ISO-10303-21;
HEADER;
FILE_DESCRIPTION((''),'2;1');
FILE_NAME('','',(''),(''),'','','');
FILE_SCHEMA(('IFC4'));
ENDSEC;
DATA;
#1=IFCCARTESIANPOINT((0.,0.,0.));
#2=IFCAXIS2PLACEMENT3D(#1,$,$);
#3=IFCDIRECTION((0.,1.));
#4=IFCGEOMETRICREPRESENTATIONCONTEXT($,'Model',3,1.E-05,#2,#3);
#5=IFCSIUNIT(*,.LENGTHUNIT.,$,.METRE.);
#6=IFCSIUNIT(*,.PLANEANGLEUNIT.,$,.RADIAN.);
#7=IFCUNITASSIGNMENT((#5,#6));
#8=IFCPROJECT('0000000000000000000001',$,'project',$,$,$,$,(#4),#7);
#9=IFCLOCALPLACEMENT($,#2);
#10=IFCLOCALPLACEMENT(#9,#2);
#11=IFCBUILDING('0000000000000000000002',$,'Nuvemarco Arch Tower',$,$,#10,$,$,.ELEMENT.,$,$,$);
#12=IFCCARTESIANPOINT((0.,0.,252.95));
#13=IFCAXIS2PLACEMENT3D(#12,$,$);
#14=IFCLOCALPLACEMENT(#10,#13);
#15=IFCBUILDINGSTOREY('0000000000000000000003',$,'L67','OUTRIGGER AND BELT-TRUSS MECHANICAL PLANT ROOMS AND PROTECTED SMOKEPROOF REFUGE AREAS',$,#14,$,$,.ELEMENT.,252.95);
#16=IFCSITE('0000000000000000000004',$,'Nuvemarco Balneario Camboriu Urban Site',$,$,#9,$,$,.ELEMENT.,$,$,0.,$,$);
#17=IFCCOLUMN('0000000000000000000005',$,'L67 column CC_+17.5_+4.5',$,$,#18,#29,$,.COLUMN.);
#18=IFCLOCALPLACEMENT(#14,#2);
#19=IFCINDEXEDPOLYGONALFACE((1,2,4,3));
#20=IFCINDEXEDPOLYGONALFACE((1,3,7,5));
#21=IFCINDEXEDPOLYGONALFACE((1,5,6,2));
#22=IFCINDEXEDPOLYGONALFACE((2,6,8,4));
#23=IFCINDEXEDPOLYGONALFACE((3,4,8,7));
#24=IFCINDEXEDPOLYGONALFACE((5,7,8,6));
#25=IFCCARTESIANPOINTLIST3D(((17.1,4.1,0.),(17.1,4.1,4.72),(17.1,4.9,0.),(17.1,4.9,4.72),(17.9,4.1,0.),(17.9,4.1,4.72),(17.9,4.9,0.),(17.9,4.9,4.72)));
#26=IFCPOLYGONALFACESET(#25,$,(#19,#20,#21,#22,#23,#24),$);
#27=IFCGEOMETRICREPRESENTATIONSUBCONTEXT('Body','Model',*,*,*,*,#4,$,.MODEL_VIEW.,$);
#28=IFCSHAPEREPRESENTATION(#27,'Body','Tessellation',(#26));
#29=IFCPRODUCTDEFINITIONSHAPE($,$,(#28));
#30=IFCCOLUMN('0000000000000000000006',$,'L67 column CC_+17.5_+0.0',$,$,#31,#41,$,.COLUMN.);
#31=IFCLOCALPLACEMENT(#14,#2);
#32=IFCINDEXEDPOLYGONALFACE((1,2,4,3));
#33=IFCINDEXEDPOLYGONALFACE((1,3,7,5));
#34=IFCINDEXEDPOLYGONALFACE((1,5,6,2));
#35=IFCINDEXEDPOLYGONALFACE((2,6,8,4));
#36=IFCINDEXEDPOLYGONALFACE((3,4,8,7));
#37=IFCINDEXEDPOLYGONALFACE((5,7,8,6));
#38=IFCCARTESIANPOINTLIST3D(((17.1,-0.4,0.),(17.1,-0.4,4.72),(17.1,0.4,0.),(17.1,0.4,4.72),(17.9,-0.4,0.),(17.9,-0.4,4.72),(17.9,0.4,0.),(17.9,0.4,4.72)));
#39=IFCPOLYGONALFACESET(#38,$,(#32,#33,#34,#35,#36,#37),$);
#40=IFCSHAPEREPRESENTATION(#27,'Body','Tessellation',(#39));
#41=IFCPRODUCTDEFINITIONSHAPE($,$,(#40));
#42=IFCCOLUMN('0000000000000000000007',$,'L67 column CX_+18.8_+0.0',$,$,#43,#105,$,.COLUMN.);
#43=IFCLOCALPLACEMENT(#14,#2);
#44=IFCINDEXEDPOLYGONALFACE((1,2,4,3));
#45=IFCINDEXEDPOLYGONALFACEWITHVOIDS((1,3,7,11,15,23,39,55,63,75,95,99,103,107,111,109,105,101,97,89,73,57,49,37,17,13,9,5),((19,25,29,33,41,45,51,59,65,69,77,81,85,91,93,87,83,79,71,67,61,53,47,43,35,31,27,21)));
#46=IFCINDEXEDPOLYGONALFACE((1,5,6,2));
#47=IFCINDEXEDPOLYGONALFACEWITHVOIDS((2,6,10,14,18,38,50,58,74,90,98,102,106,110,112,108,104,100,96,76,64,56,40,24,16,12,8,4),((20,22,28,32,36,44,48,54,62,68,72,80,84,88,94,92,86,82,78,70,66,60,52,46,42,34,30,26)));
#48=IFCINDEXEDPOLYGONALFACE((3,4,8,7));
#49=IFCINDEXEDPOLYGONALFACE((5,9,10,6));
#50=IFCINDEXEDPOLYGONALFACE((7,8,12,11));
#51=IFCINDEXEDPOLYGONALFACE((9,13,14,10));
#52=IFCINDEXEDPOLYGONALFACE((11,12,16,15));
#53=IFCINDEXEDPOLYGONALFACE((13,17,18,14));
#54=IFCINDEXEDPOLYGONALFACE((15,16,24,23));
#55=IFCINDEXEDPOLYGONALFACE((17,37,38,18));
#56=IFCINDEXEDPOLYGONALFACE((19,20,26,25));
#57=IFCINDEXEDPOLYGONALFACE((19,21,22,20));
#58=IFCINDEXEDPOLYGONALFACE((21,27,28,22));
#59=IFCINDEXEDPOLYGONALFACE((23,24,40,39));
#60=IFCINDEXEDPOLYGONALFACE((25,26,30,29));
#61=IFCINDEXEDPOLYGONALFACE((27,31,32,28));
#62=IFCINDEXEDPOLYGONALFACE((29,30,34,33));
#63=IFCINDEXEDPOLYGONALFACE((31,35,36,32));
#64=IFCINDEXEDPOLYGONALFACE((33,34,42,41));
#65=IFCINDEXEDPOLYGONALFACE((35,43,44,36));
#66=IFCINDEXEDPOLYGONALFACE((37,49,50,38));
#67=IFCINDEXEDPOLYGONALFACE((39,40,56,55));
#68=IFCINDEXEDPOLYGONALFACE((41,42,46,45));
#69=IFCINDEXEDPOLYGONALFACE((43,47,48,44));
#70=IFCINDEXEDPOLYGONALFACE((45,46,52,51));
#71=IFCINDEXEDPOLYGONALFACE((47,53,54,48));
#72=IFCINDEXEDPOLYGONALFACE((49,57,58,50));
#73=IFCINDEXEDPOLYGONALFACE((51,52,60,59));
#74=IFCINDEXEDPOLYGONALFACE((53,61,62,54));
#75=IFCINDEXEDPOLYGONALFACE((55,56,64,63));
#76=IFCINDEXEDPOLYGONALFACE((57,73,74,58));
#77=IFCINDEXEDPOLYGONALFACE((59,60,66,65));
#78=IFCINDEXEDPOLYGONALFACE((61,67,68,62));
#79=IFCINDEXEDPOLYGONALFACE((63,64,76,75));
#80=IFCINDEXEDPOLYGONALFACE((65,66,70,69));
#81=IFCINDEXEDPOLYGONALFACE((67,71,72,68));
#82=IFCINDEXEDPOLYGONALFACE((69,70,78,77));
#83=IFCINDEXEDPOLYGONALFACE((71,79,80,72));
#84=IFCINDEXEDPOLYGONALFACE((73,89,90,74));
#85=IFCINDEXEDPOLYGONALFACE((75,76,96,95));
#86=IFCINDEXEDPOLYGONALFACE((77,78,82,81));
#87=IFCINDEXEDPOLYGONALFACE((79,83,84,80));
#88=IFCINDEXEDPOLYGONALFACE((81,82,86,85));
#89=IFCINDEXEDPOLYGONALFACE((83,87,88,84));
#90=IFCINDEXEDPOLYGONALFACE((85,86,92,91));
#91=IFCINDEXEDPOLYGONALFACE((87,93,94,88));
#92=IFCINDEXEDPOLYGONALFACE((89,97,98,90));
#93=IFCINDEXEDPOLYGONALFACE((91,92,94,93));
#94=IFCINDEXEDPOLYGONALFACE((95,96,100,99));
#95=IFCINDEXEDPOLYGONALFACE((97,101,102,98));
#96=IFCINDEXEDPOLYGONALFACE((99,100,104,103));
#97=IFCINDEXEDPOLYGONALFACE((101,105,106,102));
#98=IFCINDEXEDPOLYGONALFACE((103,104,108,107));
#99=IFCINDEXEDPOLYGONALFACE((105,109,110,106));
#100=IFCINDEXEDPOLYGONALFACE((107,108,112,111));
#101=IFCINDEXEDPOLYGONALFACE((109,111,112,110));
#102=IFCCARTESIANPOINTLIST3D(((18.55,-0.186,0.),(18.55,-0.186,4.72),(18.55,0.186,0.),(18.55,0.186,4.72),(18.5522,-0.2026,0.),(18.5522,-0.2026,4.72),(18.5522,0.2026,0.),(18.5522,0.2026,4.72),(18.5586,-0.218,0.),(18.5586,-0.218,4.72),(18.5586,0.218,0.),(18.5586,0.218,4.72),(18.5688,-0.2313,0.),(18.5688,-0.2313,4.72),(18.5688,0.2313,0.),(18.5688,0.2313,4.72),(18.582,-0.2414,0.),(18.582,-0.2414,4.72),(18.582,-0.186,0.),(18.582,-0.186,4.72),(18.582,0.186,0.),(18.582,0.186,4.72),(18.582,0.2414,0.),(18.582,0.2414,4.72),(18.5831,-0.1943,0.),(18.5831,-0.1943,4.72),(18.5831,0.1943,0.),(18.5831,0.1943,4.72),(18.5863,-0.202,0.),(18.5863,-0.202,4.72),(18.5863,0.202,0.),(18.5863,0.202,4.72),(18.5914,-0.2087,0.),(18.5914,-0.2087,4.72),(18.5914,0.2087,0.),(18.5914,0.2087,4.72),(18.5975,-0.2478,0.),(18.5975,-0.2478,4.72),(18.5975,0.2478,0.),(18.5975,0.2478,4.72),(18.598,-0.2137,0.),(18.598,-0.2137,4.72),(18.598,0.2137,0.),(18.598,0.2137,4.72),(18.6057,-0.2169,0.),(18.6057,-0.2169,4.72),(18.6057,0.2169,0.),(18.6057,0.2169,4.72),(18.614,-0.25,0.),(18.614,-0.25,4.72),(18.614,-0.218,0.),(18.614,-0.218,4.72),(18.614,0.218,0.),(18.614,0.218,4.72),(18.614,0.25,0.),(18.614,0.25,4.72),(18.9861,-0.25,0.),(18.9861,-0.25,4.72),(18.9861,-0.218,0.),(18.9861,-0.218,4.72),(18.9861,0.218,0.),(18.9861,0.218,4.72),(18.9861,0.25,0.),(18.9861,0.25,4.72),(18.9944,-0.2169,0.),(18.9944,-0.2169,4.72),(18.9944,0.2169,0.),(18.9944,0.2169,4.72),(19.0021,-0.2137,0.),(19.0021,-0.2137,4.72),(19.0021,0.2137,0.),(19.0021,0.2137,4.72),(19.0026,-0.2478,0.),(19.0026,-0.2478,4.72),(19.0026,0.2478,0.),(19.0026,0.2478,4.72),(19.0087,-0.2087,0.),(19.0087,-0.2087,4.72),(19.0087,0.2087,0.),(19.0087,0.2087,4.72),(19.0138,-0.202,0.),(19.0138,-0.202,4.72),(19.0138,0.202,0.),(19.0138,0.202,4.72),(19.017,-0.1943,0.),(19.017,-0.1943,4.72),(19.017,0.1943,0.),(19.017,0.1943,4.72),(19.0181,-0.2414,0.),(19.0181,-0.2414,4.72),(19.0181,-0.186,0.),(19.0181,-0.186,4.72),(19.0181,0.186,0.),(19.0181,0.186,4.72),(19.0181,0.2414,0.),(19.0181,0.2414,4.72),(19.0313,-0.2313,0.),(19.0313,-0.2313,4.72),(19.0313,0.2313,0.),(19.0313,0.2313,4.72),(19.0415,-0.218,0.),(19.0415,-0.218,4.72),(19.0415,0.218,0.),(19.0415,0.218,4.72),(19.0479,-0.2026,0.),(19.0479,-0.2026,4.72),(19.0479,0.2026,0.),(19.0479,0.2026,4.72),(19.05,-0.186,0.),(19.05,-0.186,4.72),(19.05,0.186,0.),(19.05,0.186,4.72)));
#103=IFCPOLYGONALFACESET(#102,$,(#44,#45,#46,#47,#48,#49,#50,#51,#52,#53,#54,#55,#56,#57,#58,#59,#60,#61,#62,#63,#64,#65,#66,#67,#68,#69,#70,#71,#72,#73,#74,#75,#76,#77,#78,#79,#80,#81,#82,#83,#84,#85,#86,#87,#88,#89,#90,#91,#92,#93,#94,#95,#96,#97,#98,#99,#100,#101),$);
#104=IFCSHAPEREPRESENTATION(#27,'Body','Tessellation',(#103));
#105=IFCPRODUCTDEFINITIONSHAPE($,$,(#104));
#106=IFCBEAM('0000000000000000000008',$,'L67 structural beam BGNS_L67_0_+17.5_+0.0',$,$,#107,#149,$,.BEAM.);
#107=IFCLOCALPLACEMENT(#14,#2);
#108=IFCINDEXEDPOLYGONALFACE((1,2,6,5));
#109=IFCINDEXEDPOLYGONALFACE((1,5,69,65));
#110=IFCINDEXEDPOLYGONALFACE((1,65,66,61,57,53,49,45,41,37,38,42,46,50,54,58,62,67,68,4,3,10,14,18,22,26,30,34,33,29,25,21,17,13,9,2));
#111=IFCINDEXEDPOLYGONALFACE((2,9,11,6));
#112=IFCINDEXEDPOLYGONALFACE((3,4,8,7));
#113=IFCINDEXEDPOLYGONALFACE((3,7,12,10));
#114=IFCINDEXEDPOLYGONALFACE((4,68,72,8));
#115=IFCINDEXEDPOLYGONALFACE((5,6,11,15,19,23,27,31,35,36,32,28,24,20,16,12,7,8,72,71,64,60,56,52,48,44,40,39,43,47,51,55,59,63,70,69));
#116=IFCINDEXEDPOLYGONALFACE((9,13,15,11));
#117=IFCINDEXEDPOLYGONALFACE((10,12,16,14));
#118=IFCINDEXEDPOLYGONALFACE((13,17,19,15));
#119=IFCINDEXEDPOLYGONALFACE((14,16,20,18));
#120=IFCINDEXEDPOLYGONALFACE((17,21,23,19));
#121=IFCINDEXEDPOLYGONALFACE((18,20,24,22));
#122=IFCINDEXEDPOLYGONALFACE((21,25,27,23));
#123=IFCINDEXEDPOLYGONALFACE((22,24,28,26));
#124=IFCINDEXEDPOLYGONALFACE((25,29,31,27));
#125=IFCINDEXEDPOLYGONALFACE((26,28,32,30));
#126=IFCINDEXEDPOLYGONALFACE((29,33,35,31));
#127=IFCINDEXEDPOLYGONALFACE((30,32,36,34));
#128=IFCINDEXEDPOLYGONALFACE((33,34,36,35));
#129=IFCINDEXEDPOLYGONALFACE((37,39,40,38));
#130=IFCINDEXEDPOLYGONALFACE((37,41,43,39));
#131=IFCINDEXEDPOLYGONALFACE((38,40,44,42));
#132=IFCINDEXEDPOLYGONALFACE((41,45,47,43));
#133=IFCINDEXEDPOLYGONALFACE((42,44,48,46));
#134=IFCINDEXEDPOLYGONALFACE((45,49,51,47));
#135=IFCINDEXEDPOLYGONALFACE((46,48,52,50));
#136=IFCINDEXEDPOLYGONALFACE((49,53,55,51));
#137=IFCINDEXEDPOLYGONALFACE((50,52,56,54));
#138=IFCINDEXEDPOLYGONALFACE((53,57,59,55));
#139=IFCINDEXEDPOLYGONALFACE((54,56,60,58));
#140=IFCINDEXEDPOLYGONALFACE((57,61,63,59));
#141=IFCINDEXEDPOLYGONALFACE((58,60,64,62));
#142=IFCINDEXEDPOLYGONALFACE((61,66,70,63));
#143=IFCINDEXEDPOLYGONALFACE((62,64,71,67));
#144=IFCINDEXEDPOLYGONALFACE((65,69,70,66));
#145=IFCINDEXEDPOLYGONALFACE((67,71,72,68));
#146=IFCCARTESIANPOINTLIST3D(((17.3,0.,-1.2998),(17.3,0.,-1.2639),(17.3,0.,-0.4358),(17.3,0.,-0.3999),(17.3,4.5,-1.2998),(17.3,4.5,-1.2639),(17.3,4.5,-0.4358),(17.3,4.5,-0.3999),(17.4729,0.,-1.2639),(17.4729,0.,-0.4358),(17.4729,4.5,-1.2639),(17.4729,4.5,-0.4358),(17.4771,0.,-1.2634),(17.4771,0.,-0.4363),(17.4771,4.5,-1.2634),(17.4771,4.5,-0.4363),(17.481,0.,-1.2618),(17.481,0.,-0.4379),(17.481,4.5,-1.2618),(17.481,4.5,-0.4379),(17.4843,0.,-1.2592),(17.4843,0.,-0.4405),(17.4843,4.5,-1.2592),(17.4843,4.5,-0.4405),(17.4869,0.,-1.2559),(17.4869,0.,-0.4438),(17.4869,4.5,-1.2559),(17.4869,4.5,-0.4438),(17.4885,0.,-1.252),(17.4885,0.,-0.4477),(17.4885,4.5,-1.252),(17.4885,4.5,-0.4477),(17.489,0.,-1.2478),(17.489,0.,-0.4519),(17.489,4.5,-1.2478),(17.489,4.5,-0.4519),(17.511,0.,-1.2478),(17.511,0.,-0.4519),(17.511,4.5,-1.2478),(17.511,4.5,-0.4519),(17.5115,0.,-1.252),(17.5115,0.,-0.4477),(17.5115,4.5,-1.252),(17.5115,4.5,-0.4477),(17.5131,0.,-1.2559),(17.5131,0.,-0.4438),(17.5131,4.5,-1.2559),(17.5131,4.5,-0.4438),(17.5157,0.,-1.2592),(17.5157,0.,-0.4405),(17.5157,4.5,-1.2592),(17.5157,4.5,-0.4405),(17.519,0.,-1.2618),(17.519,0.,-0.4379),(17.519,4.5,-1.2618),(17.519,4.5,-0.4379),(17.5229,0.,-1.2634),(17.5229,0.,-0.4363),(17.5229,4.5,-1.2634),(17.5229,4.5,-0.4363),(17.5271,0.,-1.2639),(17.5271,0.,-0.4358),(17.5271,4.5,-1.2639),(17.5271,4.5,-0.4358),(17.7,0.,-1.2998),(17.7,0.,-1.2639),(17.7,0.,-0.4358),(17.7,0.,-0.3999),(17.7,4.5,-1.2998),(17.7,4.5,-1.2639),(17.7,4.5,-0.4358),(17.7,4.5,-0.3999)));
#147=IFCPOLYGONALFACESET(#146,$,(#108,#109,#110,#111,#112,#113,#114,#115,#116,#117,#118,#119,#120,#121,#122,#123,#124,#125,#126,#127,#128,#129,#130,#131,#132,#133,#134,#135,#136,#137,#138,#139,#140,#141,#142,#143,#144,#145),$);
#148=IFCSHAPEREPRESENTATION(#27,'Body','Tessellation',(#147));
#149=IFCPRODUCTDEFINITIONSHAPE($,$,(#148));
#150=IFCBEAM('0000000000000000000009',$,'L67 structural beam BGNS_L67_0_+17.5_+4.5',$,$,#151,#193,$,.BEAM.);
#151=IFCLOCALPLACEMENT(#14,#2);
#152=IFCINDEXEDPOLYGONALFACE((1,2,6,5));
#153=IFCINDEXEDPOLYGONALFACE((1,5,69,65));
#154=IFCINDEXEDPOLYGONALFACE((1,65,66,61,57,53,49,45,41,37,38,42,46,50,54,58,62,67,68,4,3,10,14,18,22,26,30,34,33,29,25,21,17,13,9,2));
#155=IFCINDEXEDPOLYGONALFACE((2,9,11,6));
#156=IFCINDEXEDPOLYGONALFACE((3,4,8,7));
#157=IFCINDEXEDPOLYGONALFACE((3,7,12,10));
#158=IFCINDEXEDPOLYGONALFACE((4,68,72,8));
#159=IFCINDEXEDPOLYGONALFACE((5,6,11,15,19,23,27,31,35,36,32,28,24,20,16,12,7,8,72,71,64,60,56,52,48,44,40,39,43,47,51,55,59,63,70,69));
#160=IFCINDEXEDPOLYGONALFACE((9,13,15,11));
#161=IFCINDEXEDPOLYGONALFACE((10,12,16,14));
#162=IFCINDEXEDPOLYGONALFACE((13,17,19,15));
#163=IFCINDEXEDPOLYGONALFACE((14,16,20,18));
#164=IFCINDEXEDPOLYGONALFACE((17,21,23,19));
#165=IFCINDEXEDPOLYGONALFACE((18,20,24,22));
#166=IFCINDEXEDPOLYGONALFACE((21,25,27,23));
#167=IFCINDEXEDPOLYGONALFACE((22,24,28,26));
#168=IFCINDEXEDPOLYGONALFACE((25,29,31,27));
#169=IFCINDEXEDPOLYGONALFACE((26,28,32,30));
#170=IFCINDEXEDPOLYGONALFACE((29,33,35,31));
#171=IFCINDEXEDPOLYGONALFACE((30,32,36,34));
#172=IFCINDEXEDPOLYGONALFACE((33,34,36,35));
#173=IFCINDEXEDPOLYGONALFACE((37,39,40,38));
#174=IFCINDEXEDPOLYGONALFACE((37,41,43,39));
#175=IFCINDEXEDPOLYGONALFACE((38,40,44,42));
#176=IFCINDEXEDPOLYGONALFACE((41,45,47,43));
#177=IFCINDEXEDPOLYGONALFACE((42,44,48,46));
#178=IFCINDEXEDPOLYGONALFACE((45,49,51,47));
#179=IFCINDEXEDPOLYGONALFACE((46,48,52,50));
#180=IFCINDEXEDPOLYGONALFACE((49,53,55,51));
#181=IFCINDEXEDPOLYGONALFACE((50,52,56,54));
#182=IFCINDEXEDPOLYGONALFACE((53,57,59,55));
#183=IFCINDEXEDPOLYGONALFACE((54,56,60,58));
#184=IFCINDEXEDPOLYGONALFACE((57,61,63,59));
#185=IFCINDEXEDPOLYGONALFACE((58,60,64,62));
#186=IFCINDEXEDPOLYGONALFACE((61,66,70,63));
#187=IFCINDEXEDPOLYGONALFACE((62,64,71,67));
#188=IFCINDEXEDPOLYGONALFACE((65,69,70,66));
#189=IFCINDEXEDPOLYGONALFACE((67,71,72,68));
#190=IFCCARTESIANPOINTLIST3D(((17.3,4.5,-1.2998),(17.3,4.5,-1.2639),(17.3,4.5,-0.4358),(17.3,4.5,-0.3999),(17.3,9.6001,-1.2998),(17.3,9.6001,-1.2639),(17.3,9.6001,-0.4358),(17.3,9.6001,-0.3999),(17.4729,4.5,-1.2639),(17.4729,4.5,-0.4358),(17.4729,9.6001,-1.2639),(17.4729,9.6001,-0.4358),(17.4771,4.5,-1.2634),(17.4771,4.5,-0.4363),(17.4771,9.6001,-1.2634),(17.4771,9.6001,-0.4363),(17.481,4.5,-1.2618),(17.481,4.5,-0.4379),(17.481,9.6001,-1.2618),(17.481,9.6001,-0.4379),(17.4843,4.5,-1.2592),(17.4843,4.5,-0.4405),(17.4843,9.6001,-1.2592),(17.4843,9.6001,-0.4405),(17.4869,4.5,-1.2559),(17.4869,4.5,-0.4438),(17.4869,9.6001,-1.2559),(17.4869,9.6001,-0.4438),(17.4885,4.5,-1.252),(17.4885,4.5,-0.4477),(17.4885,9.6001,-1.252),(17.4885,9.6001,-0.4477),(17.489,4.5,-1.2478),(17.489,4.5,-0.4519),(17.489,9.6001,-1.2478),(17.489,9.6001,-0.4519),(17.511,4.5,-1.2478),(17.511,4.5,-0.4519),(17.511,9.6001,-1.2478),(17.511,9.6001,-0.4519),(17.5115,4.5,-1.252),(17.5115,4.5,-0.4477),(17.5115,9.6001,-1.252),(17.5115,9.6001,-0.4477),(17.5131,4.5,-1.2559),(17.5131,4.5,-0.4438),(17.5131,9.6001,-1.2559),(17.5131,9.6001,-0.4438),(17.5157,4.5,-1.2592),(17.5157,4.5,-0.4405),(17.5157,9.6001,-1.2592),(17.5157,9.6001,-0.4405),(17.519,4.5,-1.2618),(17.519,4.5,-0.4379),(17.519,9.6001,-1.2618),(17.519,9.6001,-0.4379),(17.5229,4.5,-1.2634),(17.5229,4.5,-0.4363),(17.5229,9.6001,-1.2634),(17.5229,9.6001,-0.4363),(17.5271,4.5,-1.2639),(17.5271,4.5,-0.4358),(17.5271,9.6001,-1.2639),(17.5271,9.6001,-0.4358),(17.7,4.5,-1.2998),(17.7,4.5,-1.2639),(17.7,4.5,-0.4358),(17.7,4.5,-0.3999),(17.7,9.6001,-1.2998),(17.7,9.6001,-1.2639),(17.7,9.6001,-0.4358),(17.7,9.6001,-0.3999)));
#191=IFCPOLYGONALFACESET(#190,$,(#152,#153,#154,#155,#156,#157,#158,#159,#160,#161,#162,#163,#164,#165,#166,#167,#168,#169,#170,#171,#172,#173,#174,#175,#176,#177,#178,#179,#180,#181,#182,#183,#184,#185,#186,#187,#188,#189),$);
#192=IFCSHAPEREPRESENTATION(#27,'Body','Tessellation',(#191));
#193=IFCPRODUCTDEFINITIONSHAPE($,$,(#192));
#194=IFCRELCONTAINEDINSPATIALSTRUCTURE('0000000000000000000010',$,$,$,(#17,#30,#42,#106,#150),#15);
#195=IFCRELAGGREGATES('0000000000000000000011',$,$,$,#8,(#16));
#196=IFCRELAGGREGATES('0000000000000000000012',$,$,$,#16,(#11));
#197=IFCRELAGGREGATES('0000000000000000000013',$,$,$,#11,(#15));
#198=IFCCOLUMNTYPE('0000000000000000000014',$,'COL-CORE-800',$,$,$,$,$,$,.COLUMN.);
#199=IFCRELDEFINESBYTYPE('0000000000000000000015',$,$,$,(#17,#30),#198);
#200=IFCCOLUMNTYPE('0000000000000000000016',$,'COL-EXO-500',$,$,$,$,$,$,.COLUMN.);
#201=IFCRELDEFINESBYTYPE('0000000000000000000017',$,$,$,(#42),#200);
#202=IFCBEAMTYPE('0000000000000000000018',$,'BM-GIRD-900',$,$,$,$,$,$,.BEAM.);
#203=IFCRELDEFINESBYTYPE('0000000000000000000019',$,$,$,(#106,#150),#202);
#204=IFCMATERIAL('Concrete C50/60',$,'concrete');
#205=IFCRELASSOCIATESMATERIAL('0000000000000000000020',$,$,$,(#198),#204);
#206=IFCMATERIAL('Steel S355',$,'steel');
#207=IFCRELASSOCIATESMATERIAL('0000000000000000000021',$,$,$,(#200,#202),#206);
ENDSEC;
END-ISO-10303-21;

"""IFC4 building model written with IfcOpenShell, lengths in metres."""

from ifc_helpers import new_model, si_unit, direction, frame, origin, origin_2d, place, context, subcontext, project, spatial, rectangle, hollow_rectangle, i_section, extrude, material, material_profile, profile_set, type_object, element, save


model = new_model("IFC4")

# Units and contexts
model_context = context("Model", 3, precision=1e-05, world=origin(), true_north=direction((0.0, 1.0)))
body_context = subcontext(model_context, "Body", "Model", "MODEL_VIEW")
ifc_project = project(units=[si_unit("LENGTHUNIT", "METRE"), si_unit("PLANEANGLEUNIT", "RADIAN")], contexts=[model_context])

# Site, building, storey
site_placement = place(None, origin())
site = spatial("IfcSite", under=ifc_project, at=site_placement, Name="Nuvemarco Balneario Camboriu Urban Site", CompositionType="ELEMENT", RefElevation=0.0)
building_placement = place(site_placement, origin())
building = spatial("IfcBuilding", under=site, at=building_placement, Name="Nuvemarco Arch Tower", CompositionType="ELEMENT")
storey_placement = place(building_placement, frame((0.0, 0.0, 252.95)))
storey = spatial("IfcBuildingStorey", under=building, at=storey_placement, Name="L67", Description="OUTRIGGER AND BELT-TRUSS MECHANICAL PLANT ROOMS AND PROTECTED SMOKEPROOF REFUGE AREAS", CompositionType="ELEMENT", Elevation=252.95)

# Columns
ifc_material_1 = material(Name="Concrete C50/60", Category="concrete")
ifc_material_profile_1 = material_profile(ifc_material_1, rectangle(XDim=0.8, YDim=0.8, at=origin_2d()), Name="RC-COL-800x800")
ifc_profile_set_1 = profile_set([ifc_material_profile_1], Name="Concrete C50/60")
column_type_1 = type_object("IfcColumnType", Name="COL-CORE-800", PredefinedType="COLUMN", material=ifc_profile_set_1)
for number, where, z_axis, x_axis, name in (
    (1, (17.5, 4.5, 0.0), (0.0, 0.0, 1.0), (1.0, 0.0, 0.0), "L67 column CC_+17.5_+4.5"),
    (2, (17.5, 0.0, 0.0), (0.0, 0.0, 1.0), (1.0, 0.0, 0.0), "L67 column CC_+17.5_+0.0"),
):
    element("IfcColumn", number, at=place(storey_placement, frame(where, z_axis=z_axis, x_axis=x_axis)), inside=storey, type_object=column_type_1, Name=name, PredefinedType="COLUMN", context=body_context, shape_type="SweptSolid", body=[
        extrude(rectangle(XDim=0.8, YDim=0.8, at=origin_2d()), origin(), (0.0, 0.0, 1.0), 4.72),
    ])
ifc_material_2 = material(Name="Steel S355", Category="steel")
ifc_material_profile_2 = material_profile(ifc_material_2, hollow_rectangle(XDim=0.5, YDim=0.5, WallThickness=0.032, InnerFilletRadius=0.032, OuterFilletRadius=0.064, at=origin_2d()), Name="SHS500x500x32")
ifc_profile_set_2 = profile_set([ifc_material_profile_2], Name="Steel S355")
column_type_2 = type_object("IfcColumnType", Name="COL-EXO-500", PredefinedType="COLUMN", material=ifc_profile_set_2)
column_placement = place(storey_placement, frame((18.8, 0.0, 0.0), z_axis=(0.0, 0.0, 1.0), x_axis=(1.0, 0.0, 0.0)))
element("IfcColumn", 3, at=column_placement, inside=storey, type_object=column_type_2, Name="L67 column CX_+18.8_+0.0", PredefinedType="COLUMN", context=body_context, shape_type="SweptSolid", body=[
    extrude(hollow_rectangle(XDim=0.5, YDim=0.5, WallThickness=0.032, InnerFilletRadius=0.032, OuterFilletRadius=0.064, at=origin_2d()), origin(), (0.0, 0.0, 1.0), 4.72),
])

# Beams
ifc_material_profile_3 = material_profile(ifc_material_2, i_section(OverallWidth=0.3999, OverallDepth=0.8999, WebThickness=0.022, FlangeThickness=0.0359, FilletRadius=0.0161, at=origin_2d()), Name="PG900x400")
ifc_profile_set_3 = profile_set([ifc_material_profile_3], Name="Steel S355")
beam_type_1 = type_object("IfcBeamType", Name="BM-GIRD-900", PredefinedType="BEAM", material=ifc_profile_set_3)
beam_1_placement = place(storey_placement, frame((17.5, 0.0, -0.8499), z_axis=(0.0, 1.0, 0.0), x_axis=(-1.0, 0.0, 0.0)))
element("IfcBeam", 4, at=beam_1_placement, inside=storey, type_object=beam_type_1, Name="L67 structural beam BGNS_L67_0_+17.5_+0.0", PredefinedType="BEAM", context=body_context, shape_type="SweptSolid", body=[
    extrude(i_section(OverallWidth=0.3999, OverallDepth=0.8999, WebThickness=0.022, FlangeThickness=0.0359, FilletRadius=0.0161, at=origin_2d()), origin(), (0.0, 0.0, 1.0), 4.5),
])
beam_2_placement = place(storey_placement, frame((17.5, 4.5, -0.8499), z_axis=(0.0, 1.0, 0.0), x_axis=(-1.0, 0.0, 0.0)))
element("IfcBeam", 5, at=beam_2_placement, inside=storey, type_object=beam_type_1, Name="L67 structural beam BGNS_L67_0_+17.5_+4.5", PredefinedType="BEAM", context=body_context, shape_type="SweptSolid", body=[
    extrude(i_section(OverallWidth=0.3999, OverallDepth=0.8999, WebThickness=0.022, FlangeThickness=0.0359, FilletRadius=0.0161, at=origin_2d()), origin(), (0.0, 0.0, 1.0), 5.1001),
])

save(model, "model.ifc")
